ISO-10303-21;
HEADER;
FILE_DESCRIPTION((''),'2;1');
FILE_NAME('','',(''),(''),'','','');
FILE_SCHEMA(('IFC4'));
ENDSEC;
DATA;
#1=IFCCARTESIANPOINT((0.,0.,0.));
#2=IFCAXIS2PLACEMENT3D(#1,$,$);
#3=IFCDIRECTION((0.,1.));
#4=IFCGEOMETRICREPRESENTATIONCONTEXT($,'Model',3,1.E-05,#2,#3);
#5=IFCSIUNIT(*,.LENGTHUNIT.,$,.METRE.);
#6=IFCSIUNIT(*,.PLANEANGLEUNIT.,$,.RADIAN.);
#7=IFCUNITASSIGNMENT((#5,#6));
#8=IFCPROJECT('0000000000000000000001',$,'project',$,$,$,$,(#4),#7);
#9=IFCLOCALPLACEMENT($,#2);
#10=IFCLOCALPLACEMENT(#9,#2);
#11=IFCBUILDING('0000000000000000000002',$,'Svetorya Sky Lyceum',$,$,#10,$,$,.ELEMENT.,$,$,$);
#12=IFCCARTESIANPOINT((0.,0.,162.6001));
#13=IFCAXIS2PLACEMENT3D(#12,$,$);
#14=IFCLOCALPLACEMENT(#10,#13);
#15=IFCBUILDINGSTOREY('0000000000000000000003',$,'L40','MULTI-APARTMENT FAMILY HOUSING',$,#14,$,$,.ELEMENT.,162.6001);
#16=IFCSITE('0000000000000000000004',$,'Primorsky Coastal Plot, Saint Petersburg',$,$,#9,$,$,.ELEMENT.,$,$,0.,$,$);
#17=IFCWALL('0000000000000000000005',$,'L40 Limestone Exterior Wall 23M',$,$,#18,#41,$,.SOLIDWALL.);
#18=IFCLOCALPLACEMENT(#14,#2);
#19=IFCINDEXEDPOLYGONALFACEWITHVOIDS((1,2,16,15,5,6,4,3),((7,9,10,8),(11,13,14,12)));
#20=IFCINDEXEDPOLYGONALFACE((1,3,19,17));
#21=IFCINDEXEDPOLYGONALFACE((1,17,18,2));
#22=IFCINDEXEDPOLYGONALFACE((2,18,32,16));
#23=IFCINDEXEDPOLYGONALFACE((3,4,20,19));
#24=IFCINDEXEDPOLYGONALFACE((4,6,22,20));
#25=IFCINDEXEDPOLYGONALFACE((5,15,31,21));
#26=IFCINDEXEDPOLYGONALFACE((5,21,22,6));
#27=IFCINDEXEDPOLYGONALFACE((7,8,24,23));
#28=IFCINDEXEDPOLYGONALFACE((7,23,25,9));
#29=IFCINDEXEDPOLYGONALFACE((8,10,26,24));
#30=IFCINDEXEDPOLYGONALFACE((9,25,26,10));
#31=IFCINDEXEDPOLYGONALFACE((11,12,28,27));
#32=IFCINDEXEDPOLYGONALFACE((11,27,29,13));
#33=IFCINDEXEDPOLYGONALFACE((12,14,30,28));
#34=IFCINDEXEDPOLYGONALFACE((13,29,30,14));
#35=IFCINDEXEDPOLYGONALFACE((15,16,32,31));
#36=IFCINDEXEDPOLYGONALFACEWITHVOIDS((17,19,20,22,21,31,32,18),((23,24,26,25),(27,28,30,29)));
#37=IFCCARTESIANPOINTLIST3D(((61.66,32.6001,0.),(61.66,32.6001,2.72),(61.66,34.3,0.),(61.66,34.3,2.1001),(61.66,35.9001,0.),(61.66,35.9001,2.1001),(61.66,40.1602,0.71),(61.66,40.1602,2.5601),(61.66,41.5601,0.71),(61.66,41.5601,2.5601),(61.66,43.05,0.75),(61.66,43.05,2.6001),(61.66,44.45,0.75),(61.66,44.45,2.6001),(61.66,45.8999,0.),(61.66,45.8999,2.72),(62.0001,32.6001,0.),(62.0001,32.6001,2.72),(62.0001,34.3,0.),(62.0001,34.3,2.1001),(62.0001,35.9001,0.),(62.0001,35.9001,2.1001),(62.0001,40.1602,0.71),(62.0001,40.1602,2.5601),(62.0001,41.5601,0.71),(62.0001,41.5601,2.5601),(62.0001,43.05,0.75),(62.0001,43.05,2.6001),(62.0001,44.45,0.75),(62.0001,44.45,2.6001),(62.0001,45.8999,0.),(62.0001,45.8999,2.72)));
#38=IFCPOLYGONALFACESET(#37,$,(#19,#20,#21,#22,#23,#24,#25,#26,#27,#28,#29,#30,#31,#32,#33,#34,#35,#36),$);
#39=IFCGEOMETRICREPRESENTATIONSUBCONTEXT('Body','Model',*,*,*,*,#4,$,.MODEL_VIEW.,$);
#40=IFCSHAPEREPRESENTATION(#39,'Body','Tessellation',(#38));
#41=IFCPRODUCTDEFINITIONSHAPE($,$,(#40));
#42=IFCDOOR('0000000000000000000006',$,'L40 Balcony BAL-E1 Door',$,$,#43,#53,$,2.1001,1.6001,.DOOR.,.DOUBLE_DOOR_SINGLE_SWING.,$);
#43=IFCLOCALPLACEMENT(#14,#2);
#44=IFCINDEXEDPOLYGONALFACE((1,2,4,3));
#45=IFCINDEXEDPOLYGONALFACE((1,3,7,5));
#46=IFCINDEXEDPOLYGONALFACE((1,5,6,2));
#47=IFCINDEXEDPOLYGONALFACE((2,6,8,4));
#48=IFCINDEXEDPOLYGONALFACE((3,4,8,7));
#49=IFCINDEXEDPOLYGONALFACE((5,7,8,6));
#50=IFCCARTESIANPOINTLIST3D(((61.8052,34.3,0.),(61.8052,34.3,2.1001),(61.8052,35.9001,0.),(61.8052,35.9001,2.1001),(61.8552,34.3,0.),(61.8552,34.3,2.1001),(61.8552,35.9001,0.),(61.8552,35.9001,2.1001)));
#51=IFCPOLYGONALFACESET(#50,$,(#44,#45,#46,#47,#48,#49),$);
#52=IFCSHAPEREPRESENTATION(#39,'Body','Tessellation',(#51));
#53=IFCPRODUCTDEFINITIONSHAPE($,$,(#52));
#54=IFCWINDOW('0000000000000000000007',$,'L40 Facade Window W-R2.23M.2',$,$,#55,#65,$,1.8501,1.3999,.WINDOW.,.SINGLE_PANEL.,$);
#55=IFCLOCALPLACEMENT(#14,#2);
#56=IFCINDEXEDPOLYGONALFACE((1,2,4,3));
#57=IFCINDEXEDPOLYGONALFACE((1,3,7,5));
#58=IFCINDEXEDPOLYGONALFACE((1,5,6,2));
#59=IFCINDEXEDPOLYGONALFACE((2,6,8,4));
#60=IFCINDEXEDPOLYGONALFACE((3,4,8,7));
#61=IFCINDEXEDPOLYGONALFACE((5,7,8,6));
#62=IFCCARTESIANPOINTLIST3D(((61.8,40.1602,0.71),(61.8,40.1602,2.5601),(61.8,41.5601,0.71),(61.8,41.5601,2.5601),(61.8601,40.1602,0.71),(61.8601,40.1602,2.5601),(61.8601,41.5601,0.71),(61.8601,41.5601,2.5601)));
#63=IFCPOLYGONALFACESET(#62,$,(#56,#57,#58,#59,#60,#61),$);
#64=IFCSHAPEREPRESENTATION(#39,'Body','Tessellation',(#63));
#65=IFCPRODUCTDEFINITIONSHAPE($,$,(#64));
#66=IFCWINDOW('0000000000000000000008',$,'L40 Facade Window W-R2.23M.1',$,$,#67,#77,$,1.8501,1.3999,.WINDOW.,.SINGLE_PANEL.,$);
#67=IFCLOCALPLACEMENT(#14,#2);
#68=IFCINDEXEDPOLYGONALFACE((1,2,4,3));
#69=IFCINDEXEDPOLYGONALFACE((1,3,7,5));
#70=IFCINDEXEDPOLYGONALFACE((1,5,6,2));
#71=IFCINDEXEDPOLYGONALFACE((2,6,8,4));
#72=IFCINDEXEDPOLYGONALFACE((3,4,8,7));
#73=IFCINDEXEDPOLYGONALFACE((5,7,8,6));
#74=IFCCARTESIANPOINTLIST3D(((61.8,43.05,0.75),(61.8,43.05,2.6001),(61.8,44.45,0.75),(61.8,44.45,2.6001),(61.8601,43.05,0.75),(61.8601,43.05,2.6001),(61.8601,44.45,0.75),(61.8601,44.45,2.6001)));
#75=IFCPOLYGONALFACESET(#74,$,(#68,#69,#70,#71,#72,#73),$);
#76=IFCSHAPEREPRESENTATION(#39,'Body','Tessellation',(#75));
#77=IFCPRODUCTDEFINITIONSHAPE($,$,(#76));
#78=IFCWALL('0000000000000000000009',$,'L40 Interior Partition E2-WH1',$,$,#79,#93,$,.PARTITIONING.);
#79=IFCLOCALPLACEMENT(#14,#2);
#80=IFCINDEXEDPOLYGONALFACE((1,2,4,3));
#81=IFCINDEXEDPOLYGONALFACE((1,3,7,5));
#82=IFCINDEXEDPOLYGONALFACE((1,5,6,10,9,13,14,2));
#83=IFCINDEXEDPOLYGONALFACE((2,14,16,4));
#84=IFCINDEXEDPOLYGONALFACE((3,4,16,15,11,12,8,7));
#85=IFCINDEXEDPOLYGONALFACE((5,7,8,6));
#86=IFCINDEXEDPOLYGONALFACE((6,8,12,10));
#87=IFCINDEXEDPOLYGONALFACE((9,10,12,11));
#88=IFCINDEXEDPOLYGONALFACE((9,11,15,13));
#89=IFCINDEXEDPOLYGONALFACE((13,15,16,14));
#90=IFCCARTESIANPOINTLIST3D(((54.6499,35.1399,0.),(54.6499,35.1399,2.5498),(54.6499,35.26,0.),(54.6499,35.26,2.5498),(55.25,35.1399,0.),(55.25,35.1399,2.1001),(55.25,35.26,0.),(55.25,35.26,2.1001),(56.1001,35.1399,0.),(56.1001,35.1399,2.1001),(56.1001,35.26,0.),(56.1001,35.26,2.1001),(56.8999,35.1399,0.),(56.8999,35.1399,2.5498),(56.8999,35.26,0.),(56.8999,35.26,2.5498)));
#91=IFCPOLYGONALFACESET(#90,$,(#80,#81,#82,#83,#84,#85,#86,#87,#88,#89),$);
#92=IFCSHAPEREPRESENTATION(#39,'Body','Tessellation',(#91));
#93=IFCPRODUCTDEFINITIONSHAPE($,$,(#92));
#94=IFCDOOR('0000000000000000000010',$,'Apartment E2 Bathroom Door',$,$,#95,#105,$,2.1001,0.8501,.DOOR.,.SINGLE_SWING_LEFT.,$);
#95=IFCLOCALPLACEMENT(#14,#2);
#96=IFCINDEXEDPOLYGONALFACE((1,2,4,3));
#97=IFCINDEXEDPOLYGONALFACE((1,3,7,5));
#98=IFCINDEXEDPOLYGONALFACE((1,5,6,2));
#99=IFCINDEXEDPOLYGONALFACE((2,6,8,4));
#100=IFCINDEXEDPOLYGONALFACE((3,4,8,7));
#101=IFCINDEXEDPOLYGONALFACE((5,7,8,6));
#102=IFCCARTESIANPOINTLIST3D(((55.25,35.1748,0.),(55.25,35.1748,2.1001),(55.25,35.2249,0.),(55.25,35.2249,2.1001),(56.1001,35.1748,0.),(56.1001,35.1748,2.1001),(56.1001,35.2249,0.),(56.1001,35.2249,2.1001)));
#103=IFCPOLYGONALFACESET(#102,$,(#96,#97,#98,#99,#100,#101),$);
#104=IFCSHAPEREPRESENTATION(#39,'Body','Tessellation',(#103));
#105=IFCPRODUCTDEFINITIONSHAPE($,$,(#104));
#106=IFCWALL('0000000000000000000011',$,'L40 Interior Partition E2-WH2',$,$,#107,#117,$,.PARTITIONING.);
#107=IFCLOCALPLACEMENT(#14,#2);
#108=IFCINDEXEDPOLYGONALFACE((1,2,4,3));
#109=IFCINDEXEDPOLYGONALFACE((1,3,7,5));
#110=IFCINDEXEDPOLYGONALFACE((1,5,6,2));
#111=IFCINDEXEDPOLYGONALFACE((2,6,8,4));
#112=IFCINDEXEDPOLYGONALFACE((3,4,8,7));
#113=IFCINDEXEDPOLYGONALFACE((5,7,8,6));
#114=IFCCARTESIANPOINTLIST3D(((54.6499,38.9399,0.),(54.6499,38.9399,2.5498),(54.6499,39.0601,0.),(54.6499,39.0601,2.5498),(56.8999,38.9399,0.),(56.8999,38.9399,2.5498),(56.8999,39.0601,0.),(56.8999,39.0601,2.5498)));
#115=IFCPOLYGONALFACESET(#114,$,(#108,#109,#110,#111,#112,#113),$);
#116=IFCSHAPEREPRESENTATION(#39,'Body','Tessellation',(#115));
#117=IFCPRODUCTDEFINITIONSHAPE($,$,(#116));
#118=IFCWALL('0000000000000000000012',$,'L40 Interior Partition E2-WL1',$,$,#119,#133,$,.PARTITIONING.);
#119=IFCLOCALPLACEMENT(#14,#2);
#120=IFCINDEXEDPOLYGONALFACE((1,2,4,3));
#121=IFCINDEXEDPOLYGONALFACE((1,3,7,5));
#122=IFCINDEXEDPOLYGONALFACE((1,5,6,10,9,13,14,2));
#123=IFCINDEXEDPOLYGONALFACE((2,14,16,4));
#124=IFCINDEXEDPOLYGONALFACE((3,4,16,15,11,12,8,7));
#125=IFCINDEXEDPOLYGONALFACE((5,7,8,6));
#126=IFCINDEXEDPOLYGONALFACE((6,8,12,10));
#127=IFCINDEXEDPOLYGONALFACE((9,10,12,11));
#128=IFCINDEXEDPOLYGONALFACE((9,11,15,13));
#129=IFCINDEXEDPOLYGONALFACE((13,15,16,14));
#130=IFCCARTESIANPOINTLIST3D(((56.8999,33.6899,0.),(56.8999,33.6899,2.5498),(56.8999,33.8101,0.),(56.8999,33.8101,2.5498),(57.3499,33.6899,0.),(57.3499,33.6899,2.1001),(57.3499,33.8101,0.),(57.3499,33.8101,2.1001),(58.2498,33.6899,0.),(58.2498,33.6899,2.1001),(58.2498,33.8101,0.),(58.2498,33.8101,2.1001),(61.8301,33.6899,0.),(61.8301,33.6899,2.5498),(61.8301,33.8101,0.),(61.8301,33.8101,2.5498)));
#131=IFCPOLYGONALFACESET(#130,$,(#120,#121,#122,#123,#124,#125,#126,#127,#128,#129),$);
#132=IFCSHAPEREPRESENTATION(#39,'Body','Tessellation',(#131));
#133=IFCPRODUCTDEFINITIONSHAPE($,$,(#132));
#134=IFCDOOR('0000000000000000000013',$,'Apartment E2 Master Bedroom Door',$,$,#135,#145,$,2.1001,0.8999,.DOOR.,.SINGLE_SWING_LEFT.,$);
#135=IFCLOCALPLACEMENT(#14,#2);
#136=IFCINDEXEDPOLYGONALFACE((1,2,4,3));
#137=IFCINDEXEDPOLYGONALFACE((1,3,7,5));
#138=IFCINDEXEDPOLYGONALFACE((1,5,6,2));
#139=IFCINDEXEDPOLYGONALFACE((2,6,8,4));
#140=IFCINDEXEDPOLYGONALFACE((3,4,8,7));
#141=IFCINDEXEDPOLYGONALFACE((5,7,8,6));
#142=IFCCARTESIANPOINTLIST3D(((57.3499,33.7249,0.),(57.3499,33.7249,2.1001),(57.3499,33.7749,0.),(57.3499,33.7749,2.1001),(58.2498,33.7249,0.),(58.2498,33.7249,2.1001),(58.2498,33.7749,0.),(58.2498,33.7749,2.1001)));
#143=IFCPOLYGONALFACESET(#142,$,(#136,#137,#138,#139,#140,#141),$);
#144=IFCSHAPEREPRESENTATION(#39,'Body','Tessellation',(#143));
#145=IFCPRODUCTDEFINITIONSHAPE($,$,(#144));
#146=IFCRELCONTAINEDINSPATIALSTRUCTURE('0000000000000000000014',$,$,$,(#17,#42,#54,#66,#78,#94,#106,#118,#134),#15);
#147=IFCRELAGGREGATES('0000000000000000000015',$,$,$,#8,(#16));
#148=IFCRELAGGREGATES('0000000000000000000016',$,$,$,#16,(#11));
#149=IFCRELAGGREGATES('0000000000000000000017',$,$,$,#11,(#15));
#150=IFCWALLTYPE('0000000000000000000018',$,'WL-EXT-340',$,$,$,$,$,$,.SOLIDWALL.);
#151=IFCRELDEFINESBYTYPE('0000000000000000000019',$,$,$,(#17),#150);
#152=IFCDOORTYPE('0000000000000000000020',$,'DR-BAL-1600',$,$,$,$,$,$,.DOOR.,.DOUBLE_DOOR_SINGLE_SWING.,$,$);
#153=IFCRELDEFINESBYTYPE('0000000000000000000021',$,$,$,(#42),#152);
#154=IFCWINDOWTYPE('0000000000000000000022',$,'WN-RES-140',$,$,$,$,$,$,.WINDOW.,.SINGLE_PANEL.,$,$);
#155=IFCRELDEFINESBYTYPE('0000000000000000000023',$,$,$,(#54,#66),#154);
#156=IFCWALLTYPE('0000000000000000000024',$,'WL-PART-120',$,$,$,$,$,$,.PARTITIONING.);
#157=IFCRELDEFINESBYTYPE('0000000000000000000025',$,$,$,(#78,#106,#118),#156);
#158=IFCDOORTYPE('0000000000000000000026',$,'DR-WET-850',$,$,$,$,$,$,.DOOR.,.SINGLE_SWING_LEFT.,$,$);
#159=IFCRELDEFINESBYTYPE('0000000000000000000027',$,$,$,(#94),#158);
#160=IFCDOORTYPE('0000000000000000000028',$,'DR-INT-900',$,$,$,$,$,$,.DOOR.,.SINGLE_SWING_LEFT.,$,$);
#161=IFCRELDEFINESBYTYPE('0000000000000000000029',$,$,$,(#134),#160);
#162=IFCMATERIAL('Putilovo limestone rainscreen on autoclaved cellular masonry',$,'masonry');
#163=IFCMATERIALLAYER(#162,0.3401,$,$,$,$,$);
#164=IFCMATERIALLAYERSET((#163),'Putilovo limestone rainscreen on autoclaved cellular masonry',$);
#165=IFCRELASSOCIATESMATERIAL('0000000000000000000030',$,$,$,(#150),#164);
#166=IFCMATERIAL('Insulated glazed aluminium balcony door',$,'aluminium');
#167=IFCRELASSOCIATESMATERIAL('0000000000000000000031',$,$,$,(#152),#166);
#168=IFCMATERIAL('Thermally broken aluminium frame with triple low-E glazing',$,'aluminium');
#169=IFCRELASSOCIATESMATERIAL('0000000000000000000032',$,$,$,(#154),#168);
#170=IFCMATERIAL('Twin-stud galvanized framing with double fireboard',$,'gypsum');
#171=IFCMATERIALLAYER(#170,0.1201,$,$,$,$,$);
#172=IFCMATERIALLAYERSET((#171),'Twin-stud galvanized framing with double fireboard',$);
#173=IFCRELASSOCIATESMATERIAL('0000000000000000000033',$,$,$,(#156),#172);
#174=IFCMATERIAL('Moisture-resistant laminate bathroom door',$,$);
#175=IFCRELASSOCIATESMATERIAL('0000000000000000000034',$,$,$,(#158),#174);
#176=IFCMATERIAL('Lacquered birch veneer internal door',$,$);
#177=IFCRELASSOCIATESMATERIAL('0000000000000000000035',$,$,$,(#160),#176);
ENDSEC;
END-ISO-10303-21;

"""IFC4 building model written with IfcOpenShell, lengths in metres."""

from ifc_helpers import new_model, si_unit, direction, frame, frame_2d, origin, place, context, subcontext, project, spatial, rectangle, extrude, material, layer, layer_set, type_object, element, fill, save


model = new_model("IFC4")

# Units and contexts
model_context = context("Model", 3, precision=1e-05, world=origin(), true_north=direction((0.0, 1.0)))
body_context = subcontext(model_context, "Body", "Model", "MODEL_VIEW")
ifc_project = project(units=[si_unit("LENGTHUNIT", "METRE"), si_unit("PLANEANGLEUNIT", "RADIAN")], contexts=[model_context])

# Site, building, storey
site_placement = place(None, origin())
site = spatial("IfcSite", under=ifc_project, at=site_placement, Name="Primorsky Coastal Plot, Saint Petersburg", CompositionType="ELEMENT", RefElevation=0.0)
building_placement = place(site_placement, origin())
building = spatial("IfcBuilding", under=site, at=building_placement, Name="Svetorya Sky Lyceum", CompositionType="ELEMENT")
storey_placement = place(building_placement, frame((0.0, 0.0, 162.6001)))
storey = spatial("IfcBuildingStorey", under=building, at=storey_placement, Name="L40", Description="MULTI-APARTMENT FAMILY HOUSING", CompositionType="ELEMENT", Elevation=162.6001)

# Shared definitions
ifc_material_1 = material(Name="Putilovo limestone rainscreen on autoclaved cellular masonry", Category="masonry")
ifc_layer_1 = layer(ifc_material_1, 0.3401)
ifc_layer_set_1 = layer_set([ifc_layer_1], Name="Putilovo limestone rainscreen on autoclaved cellular masonry")
wall_type_1 = type_object("IfcWallType", Name="WL-EXT-340", PredefinedType="SOLIDWALL", material=ifc_layer_set_1)

# Shared definitions
ifc_material_2 = material(Name="Thermally broken aluminium frame with triple low-E glazing", Category="aluminium")

# Wall, openings, door, windows
wall_1_placement = place(storey_placement, frame((61.8301, 32.6001, 0.0), z_axis=(0.0, 0.0, 1.0), x_axis=(0.0, 1.0, 0.0)))
wall_1 = element("IfcWall", 1, at=wall_1_placement, inside=storey, type_object=wall_type_1, Name="L40 Limestone Exterior Wall 23M", PredefinedType="SOLIDWALL", context=body_context, shape_type="SweptSolid", body=[
    extrude(rectangle(XDim=13.2998, YDim=0.3401, at=frame_2d((6.6499, 0.0))), origin(), (0.0, 0.0, 1.0), 2.72),
])
opening_1_placement = place(wall_1_placement, frame((1.7, 0.0, 0.0)))
opening_1 = element("IfcOpeningElement", 2, at=opening_1_placement, cuts=wall_1, PredefinedType="OPENING", context=body_context, shape_type="SweptSolid", body=[
    extrude(rectangle(XDim=1.6001, YDim=2.1001, at=frame_2d((0.8, 1.05))), frame((0.0, 0.1799, 0.0), z_axis=(0.0, -1.0, 0.0), x_axis=(1.0, 0.0, 0.0)), (0.0, 0.0, 1.0), 0.3601),
])
opening_2_placement = place(wall_1_placement, frame((7.5601, 0.0, 0.71)))
opening_2 = element("IfcOpeningElement", 3, at=opening_2_placement, cuts=wall_1, PredefinedType="OPENING", context=body_context, shape_type="SweptSolid", body=[
    extrude(rectangle(XDim=1.3999, YDim=1.8501, at=frame_2d((0.7, 0.925))), frame((0.0, 0.1799, 0.0), z_axis=(0.0, -1.0, 0.0), x_axis=(1.0, 0.0, 0.0)), (0.0, 0.0, 1.0), 0.3601),
])
opening_3_placement = place(wall_1_placement, frame((10.45, 0.0, 0.75)))
opening_3 = element("IfcOpeningElement", 4, at=opening_3_placement, cuts=wall_1, PredefinedType="OPENING", context=body_context, shape_type="SweptSolid", body=[
    extrude(rectangle(XDim=1.3999, YDim=1.8501, at=frame_2d((0.7, 0.925))), frame((0.0, 0.1799, 0.0), z_axis=(0.0, -1.0, 0.0), x_axis=(1.0, 0.0, 0.0)), (0.0, 0.0, 1.0), 0.3601),
])
ifc_material_3 = material(Name="Insulated glazed aluminium balcony door", Category="aluminium")
door_type_1 = type_object("IfcDoorType", Name="DR-BAL-1600", OperationType="DOUBLE_DOOR_SINGLE_SWING", PredefinedType="DOOR", material=ifc_material_3)
door_1_placement = place(opening_1_placement, origin())
door_1 = element("IfcDoor", 5, at=door_1_placement, inside=storey, type_object=door_type_1, Name="L40 Balcony BAL-E1 Door", OperationType="DOUBLE_DOOR_SINGLE_SWING", OverallHeight=2.1001, OverallWidth=1.6001, PredefinedType="DOOR", context=body_context, shape_type="SweptSolid", body=[
    extrude(rectangle(XDim=1.6001, YDim=2.1001, at=frame_2d((0.8, 1.05))), frame((0.0, 0.0249, 0.0), z_axis=(0.0, -1.0, 0.0), x_axis=(1.0, 0.0, 0.0)), (0.0, 0.0, 1.0), 0.05),
])
fill(opening_1, door_1)
window_type_1 = type_object("IfcWindowType", Name="WN-RES-140", PartitioningType="SINGLE_PANEL", PredefinedType="WINDOW", material=ifc_material_2)
window_1_placement = place(opening_2_placement, origin())
window_1 = element("IfcWindow", 6, at=window_1_placement, inside=storey, type_object=window_type_1, Name="L40 Facade Window W-R2.23M.2", OverallHeight=1.8501, OverallWidth=1.3999, PartitioningType="SINGLE_PANEL", PredefinedType="WINDOW", context=body_context, shape_type="SweptSolid", body=[
    extrude(rectangle(XDim=1.3999, YDim=1.8501, at=frame_2d((0.7, 0.925))), frame((0.0, 0.03, 0.0), z_axis=(0.0, -1.0, 0.0), x_axis=(1.0, 0.0, 0.0)), (0.0, 0.0, 1.0), 0.0601),
])
fill(opening_2, window_1)
window_2_placement = place(opening_3_placement, origin())
window_2 = element("IfcWindow", 7, at=window_2_placement, inside=storey, type_object=window_type_1, Name="L40 Facade Window W-R2.23M.1", OverallHeight=1.8501, OverallWidth=1.3999, PartitioningType="SINGLE_PANEL", PredefinedType="WINDOW", context=body_context, shape_type="SweptSolid", body=[
    extrude(rectangle(XDim=1.3999, YDim=1.8501, at=frame_2d((0.7, 0.925))), frame((0.0, 0.03, 0.0), z_axis=(0.0, -1.0, 0.0), x_axis=(1.0, 0.0, 0.0)), (0.0, 0.0, 1.0), 0.0601),
])
fill(opening_3, window_2)

# Wall, opening, door
ifc_material_4 = material(Name="Twin-stud galvanized framing with double fireboard", Category="gypsum")
ifc_layer_2 = layer(ifc_material_4, 0.1201)
ifc_layer_set_2 = layer_set([ifc_layer_2], Name="Twin-stud galvanized framing with double fireboard")
wall_type_2 = type_object("IfcWallType", Name="WL-PART-120", PredefinedType="PARTITIONING", material=ifc_layer_set_2)
wall_2_placement = place(storey_placement, frame((54.6499, 35.2, 0.0), z_axis=(0.0, 0.0, 1.0), x_axis=(1.0, 0.0, 0.0)))
wall_2 = element("IfcWall", 8, at=wall_2_placement, inside=storey, type_object=wall_type_2, Name="L40 Interior Partition E2-WH1", PredefinedType="PARTITIONING", context=body_context, shape_type="SweptSolid", body=[
    extrude(rectangle(XDim=2.25, YDim=0.1201, at=frame_2d((1.125, 0.0))), origin(), (0.0, 0.0, 1.0), 2.5498),
])
opening_4_placement = place(wall_2_placement, frame((0.6001, 0.0, 0.0)))
opening_4 = element("IfcOpeningElement", 9, at=opening_4_placement, cuts=wall_2, PredefinedType="OPENING", context=body_context, shape_type="SweptSolid", body=[
    extrude(rectangle(XDim=0.8501, YDim=2.1001, at=frame_2d((0.425, 1.05))), frame((0.0, 0.0701, 0.0), z_axis=(0.0, -1.0, 0.0), x_axis=(1.0, 0.0, 0.0)), (0.0, 0.0, 1.0), 0.1401),
])
ifc_material_5 = material(Name="Moisture-resistant laminate bathroom door")
door_type_2 = type_object("IfcDoorType", Name="DR-WET-850", OperationType="SINGLE_SWING_LEFT", PredefinedType="DOOR", material=ifc_material_5)
door_2_placement = place(opening_4_placement, origin())
door_2 = element("IfcDoor", 10, at=door_2_placement, inside=storey, type_object=door_type_2, Name="Apartment E2 Bathroom Door", OperationType="SINGLE_SWING_LEFT", OverallHeight=2.1001, OverallWidth=0.8501, PredefinedType="DOOR", context=body_context, shape_type="SweptSolid", body=[
    extrude(rectangle(XDim=0.8501, YDim=2.1001, at=frame_2d((0.425, 1.05))), frame((0.0, 0.0249, 0.0), z_axis=(0.0, -1.0, 0.0), x_axis=(1.0, 0.0, 0.0)), (0.0, 0.0, 1.0), 0.05),
])
fill(opening_4, door_2)

# Wall
wall_3_placement = place(storey_placement, frame((54.6499, 39.0, 0.0), z_axis=(0.0, 0.0, 1.0), x_axis=(1.0, 0.0, 0.0)))
element("IfcWall", 11, at=wall_3_placement, inside=storey, type_object=wall_type_2, Name="L40 Interior Partition E2-WH2", PredefinedType="PARTITIONING", context=body_context, shape_type="SweptSolid", body=[
    extrude(rectangle(XDim=2.25, YDim=0.1201, at=frame_2d((1.125, 0.0))), origin(), (0.0, 0.0, 1.0), 2.5498),
])

# Wall, opening, door
wall_4_placement = place(storey_placement, frame((56.8999, 33.75, 0.0), z_axis=(0.0, 0.0, 1.0), x_axis=(1.0, 0.0, 0.0)))
wall_4 = element("IfcWall", 12, at=wall_4_placement, inside=storey, type_object=wall_type_2, Name="L40 Interior Partition E2-WL1", PredefinedType="PARTITIONING", context=body_context, shape_type="SweptSolid", body=[
    extrude(rectangle(XDim=4.9302, YDim=0.1201, at=frame_2d((2.4651, 0.0))), origin(), (0.0, 0.0, 1.0), 2.5498),
])
opening_5_placement = place(wall_4_placement, frame((0.45, 0.0, 0.0)))
opening_5 = element("IfcOpeningElement", 13, at=opening_5_placement, cuts=wall_4, PredefinedType="OPENING", context=body_context, shape_type="SweptSolid", body=[
    extrude(rectangle(XDim=0.8999, YDim=2.1001, at=frame_2d((0.45, 1.05))), frame((0.0, 0.0701, 0.0), z_axis=(0.0, -1.0, 0.0), x_axis=(1.0, 0.0, 0.0)), (0.0, 0.0, 1.0), 0.1401),
])
ifc_material_6 = material(Name="Lacquered birch veneer internal door")
door_type_3 = type_object("IfcDoorType", Name="DR-INT-900", OperationType="SINGLE_SWING_LEFT", PredefinedType="DOOR", material=ifc_material_6)
door_3_placement = place(opening_5_placement, origin())
door_3 = element("IfcDoor", 14, at=door_3_placement, inside=storey, type_object=door_type_3, Name="Apartment E2 Master Bedroom Door", OperationType="SINGLE_SWING_LEFT", OverallHeight=2.1001, OverallWidth=0.8999, PredefinedType="DOOR", context=body_context, shape_type="SweptSolid", body=[
    extrude(rectangle(XDim=0.8999, YDim=2.1001, at=frame_2d((0.45, 1.05))), frame((0.0, 0.0249, 0.0), z_axis=(0.0, -1.0, 0.0), x_axis=(1.0, 0.0, 0.0)), (0.0, 0.0, 1.0), 0.05),
])
fill(opening_5, door_3)

save(model, "model.ifc")
